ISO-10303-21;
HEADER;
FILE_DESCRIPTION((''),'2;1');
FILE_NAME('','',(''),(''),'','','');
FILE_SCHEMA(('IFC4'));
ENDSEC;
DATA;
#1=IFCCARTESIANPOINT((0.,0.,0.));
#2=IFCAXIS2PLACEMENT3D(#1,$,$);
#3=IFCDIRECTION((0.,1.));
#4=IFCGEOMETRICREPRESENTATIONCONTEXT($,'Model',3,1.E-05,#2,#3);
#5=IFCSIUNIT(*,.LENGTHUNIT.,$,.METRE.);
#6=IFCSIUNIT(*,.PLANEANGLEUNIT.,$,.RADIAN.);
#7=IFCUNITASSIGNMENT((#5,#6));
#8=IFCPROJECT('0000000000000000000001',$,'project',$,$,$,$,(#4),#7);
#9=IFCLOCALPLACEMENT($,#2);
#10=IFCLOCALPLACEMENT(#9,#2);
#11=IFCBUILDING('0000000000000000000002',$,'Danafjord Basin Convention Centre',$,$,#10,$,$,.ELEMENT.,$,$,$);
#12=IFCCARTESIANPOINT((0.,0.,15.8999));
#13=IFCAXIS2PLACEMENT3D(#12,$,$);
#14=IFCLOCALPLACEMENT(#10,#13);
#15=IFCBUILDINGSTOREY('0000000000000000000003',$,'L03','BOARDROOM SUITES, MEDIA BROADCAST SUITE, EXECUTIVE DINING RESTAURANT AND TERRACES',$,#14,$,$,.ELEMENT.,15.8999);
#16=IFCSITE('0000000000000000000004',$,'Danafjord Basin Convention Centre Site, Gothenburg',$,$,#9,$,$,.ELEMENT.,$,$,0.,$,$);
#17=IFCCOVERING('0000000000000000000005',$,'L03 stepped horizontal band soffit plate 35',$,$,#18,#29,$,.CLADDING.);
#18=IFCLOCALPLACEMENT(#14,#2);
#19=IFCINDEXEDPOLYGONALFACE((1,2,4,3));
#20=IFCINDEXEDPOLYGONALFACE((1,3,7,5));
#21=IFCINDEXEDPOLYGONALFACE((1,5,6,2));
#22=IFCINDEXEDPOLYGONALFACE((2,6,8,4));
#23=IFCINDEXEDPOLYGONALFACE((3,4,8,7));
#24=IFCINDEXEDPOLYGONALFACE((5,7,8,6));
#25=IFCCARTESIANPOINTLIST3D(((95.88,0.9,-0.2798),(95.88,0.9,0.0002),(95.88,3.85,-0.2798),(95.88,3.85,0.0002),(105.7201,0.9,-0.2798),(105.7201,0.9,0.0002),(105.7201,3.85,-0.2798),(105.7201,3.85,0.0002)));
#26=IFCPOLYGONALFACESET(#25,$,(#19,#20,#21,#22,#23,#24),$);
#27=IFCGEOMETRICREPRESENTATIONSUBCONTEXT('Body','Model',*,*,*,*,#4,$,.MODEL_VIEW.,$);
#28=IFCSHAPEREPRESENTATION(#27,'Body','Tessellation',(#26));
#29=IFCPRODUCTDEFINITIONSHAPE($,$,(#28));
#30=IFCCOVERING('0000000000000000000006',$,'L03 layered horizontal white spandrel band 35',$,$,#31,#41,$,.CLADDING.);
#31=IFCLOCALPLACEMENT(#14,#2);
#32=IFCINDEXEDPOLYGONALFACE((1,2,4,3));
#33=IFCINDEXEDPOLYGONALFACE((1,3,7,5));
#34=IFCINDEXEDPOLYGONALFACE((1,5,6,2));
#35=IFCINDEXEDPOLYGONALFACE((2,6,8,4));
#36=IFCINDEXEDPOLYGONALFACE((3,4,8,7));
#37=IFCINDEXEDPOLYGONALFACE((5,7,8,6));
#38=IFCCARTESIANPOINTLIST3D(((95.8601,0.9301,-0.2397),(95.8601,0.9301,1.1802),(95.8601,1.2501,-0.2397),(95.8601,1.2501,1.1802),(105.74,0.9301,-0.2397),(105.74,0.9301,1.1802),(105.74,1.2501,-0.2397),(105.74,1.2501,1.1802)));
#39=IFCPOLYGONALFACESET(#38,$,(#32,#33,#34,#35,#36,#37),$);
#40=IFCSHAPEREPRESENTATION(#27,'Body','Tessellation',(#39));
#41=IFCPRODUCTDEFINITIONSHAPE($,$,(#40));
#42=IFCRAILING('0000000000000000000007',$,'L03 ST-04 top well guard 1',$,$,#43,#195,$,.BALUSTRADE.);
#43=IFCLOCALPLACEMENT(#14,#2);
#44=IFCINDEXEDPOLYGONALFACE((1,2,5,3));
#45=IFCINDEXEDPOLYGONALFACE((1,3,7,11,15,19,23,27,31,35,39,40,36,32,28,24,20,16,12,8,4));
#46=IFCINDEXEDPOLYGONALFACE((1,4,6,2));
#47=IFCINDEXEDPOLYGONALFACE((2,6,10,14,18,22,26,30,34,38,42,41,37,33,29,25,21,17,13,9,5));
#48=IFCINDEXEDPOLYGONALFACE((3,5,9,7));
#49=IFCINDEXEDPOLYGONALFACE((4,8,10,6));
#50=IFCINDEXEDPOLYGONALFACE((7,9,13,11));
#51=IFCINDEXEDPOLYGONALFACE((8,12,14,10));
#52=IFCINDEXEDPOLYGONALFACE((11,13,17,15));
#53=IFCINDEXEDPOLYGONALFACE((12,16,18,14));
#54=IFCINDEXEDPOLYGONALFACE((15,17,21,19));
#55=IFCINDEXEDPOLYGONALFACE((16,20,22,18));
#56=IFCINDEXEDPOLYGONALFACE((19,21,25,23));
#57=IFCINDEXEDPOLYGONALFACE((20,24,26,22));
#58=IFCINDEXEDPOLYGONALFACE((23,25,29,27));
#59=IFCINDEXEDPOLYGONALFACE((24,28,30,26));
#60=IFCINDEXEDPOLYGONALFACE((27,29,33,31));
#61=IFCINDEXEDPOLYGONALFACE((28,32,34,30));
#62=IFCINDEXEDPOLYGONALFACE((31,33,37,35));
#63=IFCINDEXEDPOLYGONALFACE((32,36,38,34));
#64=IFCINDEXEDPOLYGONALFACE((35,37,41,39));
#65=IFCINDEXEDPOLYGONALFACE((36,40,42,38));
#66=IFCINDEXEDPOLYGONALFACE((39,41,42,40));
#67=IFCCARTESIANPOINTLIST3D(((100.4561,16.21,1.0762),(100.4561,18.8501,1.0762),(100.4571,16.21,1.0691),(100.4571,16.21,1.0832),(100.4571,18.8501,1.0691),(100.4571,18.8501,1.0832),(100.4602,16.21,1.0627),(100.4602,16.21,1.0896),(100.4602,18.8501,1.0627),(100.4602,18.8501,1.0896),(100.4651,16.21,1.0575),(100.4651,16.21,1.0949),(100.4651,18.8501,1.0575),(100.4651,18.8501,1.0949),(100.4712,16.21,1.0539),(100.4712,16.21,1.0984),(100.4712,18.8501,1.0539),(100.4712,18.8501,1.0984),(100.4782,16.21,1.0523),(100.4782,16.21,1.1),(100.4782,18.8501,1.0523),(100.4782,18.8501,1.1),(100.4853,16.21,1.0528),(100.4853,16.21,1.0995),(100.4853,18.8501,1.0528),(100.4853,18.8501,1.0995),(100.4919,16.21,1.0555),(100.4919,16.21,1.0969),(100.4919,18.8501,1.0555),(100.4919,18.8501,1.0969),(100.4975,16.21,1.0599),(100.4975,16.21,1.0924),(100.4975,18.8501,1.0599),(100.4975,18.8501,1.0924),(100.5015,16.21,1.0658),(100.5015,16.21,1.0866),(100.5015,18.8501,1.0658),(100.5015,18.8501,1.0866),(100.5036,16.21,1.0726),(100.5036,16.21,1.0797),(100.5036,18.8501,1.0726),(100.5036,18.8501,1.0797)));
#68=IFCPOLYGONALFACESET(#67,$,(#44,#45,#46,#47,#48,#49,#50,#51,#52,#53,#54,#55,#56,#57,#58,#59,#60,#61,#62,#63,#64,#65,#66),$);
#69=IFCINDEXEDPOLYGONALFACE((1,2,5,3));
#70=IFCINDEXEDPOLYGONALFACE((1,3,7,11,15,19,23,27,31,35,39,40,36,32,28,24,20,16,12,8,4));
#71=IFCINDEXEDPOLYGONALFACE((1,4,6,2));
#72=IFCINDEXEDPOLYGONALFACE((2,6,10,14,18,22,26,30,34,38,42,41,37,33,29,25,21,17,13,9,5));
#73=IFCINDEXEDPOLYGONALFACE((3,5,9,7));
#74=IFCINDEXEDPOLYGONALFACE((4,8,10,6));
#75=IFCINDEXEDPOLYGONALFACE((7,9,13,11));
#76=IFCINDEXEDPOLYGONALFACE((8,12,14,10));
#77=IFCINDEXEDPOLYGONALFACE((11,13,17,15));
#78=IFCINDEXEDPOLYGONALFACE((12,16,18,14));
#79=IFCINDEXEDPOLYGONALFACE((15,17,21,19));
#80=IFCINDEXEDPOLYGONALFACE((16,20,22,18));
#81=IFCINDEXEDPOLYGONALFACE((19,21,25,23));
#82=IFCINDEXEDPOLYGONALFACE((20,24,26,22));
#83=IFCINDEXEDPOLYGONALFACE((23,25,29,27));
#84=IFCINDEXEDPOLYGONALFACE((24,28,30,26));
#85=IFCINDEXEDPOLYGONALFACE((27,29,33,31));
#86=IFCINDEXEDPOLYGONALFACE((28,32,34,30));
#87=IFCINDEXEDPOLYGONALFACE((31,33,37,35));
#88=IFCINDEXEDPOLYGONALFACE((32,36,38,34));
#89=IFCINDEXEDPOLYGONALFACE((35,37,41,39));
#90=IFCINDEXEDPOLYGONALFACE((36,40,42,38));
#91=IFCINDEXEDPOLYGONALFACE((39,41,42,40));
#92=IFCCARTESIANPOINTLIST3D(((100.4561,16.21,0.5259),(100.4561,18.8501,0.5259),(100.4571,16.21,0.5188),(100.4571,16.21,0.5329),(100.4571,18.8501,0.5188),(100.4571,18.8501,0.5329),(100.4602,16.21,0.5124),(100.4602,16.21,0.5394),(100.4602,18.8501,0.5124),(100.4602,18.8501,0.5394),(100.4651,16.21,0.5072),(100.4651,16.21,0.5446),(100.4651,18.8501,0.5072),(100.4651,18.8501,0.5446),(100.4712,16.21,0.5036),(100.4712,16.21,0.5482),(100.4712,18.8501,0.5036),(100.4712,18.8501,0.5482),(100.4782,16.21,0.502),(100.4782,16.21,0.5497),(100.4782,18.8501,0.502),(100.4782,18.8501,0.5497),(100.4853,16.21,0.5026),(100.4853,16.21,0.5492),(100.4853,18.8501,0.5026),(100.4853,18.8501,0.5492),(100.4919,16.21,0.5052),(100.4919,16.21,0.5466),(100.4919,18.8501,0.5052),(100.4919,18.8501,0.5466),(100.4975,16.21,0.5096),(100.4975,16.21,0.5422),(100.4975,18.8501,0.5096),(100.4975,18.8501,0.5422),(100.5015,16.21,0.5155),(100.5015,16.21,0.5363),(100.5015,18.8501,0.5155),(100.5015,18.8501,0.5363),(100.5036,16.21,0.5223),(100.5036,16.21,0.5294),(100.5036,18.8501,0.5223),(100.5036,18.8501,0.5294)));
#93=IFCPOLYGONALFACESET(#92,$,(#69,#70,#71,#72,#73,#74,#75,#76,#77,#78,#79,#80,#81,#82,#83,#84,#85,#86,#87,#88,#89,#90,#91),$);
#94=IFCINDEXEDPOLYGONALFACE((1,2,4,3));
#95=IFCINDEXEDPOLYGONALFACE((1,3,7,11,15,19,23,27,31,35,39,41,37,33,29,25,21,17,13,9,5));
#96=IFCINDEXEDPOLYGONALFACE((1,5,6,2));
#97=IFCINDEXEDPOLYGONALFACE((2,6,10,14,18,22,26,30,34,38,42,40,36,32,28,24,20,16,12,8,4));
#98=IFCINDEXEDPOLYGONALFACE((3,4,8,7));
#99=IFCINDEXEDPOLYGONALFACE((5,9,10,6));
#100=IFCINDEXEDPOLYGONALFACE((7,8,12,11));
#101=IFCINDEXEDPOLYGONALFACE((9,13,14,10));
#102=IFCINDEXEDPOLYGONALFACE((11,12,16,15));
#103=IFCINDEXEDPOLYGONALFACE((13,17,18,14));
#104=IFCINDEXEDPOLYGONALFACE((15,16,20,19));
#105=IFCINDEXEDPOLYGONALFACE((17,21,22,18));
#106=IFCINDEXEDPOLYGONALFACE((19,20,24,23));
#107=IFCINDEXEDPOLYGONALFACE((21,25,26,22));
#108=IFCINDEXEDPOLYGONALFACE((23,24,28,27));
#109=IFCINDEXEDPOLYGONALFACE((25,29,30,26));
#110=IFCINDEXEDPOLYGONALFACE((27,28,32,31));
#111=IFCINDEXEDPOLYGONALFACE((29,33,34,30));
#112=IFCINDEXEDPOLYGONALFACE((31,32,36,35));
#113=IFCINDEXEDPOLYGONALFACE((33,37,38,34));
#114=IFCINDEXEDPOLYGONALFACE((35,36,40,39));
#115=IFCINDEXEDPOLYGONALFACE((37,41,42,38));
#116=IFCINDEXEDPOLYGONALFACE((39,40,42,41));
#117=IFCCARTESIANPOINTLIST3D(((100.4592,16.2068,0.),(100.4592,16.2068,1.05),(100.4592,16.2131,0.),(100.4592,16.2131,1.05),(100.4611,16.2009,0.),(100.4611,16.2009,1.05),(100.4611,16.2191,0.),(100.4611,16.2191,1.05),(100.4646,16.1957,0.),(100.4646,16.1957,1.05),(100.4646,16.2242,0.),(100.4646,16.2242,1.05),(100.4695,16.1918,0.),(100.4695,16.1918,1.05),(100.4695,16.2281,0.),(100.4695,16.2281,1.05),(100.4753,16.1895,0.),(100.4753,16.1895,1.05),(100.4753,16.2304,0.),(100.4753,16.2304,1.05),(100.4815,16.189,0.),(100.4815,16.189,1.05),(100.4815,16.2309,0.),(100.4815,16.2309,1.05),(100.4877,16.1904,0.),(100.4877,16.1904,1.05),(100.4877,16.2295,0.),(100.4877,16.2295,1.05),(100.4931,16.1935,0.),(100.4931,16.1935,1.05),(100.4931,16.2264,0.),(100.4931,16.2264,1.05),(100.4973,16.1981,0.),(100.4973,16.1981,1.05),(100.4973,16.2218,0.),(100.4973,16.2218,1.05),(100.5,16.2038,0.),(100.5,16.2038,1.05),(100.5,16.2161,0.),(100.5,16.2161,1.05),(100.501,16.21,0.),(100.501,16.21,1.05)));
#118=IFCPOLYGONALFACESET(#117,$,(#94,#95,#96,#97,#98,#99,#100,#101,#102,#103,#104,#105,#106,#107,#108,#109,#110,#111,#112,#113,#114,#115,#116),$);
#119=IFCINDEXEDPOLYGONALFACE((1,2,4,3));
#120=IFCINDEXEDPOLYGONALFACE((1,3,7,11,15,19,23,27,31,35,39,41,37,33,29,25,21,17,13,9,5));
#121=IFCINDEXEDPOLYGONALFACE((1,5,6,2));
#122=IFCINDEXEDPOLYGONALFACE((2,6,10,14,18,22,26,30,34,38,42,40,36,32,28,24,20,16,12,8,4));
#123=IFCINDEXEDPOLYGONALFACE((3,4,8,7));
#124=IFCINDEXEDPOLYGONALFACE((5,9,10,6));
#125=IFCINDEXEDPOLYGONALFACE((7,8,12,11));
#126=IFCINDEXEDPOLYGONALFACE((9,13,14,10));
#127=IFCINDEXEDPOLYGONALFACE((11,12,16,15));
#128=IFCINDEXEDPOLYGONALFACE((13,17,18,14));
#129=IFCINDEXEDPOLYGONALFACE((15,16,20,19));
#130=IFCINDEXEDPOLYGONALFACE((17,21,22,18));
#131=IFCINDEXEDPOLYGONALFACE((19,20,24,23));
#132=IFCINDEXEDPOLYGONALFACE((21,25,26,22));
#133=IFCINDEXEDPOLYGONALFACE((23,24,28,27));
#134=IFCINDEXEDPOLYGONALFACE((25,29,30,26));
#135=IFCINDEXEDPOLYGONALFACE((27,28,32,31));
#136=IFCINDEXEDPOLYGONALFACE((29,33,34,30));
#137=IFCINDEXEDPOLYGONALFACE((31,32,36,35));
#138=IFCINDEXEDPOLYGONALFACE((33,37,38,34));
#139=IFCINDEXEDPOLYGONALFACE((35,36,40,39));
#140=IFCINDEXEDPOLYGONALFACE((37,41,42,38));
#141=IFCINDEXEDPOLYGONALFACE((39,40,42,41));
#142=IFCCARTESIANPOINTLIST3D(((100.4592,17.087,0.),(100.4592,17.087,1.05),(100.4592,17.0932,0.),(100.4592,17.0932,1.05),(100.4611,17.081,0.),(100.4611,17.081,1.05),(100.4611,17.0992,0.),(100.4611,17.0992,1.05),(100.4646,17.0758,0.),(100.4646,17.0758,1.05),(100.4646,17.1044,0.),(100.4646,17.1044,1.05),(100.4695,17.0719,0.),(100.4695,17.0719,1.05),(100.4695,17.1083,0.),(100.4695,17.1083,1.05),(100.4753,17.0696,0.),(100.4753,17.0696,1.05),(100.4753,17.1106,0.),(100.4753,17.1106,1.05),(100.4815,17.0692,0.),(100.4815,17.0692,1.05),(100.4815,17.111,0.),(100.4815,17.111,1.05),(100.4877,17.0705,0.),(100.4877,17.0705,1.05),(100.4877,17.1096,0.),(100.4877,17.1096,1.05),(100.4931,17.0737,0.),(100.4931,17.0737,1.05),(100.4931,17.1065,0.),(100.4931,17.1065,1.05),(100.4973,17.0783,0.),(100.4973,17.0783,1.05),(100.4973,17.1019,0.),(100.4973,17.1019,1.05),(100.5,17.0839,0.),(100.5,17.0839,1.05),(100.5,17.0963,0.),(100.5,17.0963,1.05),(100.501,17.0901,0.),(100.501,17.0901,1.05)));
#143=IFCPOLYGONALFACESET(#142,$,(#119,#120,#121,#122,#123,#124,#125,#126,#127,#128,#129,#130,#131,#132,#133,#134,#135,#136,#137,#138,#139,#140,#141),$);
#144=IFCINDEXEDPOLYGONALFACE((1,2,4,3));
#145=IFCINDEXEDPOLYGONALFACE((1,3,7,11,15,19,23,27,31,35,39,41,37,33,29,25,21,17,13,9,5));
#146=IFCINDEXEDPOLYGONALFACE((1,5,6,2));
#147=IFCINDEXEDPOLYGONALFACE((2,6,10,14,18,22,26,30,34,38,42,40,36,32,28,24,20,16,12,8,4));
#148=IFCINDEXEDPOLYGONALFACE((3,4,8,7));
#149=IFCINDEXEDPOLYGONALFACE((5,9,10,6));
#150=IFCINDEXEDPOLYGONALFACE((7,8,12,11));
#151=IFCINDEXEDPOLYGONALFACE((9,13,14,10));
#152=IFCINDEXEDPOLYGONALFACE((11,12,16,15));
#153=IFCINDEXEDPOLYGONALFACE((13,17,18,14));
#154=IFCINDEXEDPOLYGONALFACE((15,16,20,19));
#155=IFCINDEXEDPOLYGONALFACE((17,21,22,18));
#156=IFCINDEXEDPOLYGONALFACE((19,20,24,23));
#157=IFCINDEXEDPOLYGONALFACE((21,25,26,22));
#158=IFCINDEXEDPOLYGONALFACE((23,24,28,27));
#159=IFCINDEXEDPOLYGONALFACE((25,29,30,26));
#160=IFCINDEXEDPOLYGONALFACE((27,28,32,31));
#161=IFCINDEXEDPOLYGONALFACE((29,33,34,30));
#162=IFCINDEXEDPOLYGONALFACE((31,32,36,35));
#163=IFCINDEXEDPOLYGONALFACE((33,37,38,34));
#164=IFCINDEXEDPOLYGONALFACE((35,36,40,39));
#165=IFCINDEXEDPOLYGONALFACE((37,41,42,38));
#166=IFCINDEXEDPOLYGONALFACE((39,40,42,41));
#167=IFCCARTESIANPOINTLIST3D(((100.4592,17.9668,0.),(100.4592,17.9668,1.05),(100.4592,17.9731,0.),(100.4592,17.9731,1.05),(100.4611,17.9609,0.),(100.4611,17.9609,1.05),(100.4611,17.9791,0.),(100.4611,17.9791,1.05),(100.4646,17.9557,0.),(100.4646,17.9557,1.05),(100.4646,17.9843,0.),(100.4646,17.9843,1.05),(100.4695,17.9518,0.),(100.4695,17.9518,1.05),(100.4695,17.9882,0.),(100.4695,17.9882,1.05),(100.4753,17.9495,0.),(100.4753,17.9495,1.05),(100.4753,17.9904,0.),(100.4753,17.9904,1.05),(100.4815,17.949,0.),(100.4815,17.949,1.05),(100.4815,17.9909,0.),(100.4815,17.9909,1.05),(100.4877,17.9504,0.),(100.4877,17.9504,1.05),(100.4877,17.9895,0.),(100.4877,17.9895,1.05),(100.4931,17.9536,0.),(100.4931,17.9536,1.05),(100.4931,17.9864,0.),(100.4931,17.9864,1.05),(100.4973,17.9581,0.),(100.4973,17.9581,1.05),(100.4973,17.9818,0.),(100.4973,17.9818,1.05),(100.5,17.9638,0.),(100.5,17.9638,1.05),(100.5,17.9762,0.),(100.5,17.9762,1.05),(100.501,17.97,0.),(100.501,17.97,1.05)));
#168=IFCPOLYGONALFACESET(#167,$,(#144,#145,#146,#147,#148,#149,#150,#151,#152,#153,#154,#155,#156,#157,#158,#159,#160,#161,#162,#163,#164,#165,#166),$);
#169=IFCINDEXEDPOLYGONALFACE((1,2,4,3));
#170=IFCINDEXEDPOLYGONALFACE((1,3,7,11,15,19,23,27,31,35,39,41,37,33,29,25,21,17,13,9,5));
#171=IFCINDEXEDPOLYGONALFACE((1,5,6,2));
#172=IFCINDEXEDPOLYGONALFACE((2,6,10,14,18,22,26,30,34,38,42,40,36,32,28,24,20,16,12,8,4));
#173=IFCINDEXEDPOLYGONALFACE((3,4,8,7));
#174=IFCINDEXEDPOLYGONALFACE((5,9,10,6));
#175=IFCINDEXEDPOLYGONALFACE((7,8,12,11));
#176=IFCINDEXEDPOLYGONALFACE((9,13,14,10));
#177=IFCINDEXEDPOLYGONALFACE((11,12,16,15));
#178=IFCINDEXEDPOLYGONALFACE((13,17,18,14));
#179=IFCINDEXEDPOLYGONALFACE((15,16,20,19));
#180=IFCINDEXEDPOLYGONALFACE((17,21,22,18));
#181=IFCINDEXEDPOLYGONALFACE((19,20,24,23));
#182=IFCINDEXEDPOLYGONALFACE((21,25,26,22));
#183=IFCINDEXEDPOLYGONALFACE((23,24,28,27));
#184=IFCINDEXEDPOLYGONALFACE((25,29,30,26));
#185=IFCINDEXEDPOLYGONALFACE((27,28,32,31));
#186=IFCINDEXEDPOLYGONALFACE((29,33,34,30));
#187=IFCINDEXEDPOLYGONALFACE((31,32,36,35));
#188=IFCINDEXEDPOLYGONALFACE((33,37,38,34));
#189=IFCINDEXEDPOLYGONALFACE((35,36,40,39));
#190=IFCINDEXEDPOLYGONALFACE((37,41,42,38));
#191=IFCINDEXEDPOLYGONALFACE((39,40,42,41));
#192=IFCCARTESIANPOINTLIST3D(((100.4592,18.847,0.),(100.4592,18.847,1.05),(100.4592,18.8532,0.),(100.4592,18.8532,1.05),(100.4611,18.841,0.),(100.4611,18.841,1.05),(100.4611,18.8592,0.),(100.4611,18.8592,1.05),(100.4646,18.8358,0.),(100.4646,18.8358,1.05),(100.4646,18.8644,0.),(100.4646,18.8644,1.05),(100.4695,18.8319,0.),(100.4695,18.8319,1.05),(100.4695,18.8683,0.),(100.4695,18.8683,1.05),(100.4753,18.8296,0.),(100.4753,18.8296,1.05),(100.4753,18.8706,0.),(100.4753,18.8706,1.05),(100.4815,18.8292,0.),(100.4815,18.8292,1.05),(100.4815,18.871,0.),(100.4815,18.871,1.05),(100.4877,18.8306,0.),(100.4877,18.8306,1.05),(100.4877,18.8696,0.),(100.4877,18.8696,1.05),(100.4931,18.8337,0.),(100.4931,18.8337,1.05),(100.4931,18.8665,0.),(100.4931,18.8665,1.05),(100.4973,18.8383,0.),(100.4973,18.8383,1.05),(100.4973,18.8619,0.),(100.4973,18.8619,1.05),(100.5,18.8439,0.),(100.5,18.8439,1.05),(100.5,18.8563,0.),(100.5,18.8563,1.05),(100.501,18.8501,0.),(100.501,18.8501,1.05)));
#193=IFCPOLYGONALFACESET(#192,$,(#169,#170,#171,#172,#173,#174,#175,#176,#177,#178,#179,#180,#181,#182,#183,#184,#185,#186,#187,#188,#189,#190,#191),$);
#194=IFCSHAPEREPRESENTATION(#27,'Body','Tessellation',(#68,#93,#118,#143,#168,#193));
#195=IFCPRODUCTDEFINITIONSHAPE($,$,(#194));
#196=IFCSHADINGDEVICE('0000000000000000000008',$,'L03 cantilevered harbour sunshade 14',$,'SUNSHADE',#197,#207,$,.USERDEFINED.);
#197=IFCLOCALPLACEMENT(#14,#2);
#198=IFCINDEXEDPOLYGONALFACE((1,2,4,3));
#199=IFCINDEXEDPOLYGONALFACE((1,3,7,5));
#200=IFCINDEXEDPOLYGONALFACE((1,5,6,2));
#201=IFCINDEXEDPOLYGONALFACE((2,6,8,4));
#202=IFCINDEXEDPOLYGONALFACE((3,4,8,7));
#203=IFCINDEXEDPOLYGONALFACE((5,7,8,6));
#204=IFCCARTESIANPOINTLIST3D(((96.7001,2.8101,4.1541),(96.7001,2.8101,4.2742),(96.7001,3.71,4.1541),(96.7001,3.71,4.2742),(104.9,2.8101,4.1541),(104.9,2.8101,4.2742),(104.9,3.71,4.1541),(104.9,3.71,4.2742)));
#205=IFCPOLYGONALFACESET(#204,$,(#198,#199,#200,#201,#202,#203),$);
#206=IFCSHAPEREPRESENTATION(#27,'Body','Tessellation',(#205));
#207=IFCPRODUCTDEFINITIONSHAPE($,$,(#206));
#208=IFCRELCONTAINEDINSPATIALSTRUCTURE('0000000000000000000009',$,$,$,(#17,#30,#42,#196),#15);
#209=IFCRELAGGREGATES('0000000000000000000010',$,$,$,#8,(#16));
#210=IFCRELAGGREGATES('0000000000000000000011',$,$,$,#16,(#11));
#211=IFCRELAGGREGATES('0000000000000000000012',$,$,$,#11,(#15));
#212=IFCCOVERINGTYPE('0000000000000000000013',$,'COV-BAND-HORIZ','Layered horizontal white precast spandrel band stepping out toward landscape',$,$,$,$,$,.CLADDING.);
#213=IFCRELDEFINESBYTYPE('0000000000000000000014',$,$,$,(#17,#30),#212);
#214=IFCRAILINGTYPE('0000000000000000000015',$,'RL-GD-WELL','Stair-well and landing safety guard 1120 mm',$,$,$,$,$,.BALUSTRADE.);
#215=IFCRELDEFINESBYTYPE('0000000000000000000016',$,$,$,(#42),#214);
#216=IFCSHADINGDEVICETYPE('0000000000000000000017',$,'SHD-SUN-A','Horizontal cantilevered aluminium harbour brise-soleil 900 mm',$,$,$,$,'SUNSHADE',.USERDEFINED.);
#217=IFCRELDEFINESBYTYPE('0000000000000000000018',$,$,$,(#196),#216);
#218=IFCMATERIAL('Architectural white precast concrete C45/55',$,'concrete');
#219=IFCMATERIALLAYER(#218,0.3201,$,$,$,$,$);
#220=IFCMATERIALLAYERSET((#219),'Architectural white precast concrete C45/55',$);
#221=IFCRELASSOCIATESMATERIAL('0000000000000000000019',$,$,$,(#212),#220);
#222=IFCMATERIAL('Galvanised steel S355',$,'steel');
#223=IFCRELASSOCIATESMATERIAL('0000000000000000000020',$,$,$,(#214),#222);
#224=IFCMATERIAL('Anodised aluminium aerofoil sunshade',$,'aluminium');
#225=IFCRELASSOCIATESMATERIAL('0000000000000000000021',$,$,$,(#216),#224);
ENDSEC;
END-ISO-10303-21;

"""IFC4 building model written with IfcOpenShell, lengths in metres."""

from ifc_helpers import new_model, si_unit, direction, frame, origin, origin_2d, place, context, subcontext, project, spatial, rectangle, circle, extrude, material, layer, layer_set, type_object, element, save


model = new_model("IFC4")

# Units and contexts
model_context = context("Model", 3, precision=1e-05, world=origin(), true_north=direction((0.0, 1.0)))
body_context = subcontext(model_context, "Body", "Model", "MODEL_VIEW")
ifc_project = project(units=[si_unit("LENGTHUNIT", "METRE"), si_unit("PLANEANGLEUNIT", "RADIAN")], contexts=[model_context])

# Site, building, storey
site_placement = place(None, origin())
site = spatial("IfcSite", under=ifc_project, at=site_placement, Name="Danafjord Basin Convention Centre Site, Gothenburg", CompositionType="ELEMENT", RefElevation=0.0)
building_placement = place(site_placement, origin())
building = spatial("IfcBuilding", under=site, at=building_placement, Name="Danafjord Basin Convention Centre", CompositionType="ELEMENT")
storey_placement = place(building_placement, frame((0.0, 0.0, 15.8999)))
storey = spatial("IfcBuildingStorey", under=building, at=storey_placement, Name="L03", Description="BOARDROOM SUITES, MEDIA BROADCAST SUITE, EXECUTIVE DINING RESTAURANT AND TERRACES", CompositionType="ELEMENT", Elevation=15.8999)

# Coverings
ifc_material_1 = material(Name="Architectural white precast concrete C45/55", Category="concrete")
ifc_layer_1 = layer(ifc_material_1, 0.3201)
ifc_layer_set_1 = layer_set([ifc_layer_1], Name="Architectural white precast concrete C45/55")
covering_type = type_object("IfcCoveringType", Name="COV-BAND-HORIZ", Description="Layered horizontal white precast spandrel band stepping out toward landscape", PredefinedType="CLADDING", material=ifc_layer_set_1)
covering_1_placement = place(storey_placement, frame((100.8, 2.375, -0.2798), z_axis=(0.0, 0.0, 1.0), x_axis=(1.0, 0.0, 0.0)))
element("IfcCovering", 1, at=covering_1_placement, inside=storey, type_object=covering_type, Name="L03 stepped horizontal band soffit plate 35", PredefinedType="CLADDING", context=body_context, shape_type="SweptSolid", body=[
    extrude(rectangle(XDim=9.8401, YDim=2.95, at=origin_2d()), origin(), (0.0, 0.0, 1.0), 0.28),
])
covering_2_placement = place(storey_placement, frame((100.8, 1.0901, -0.2397), z_axis=(0.0, 0.0, 1.0), x_axis=(1.0, 0.0, 0.0)))
element("IfcCovering", 2, at=covering_2_placement, inside=storey, type_object=covering_type, Name="L03 layered horizontal white spandrel band 35", PredefinedType="CLADDING", context=body_context, shape_type="SweptSolid", body=[
    extrude(rectangle(XDim=9.8799, YDim=0.3201, at=origin_2d()), origin(), (0.0, 0.0, 1.0), 1.4199),
])

# Railing
ifc_material_2 = material(Name="Galvanised steel S355", Category="steel")
railing_type = type_object("IfcRailingType", Name="RL-GD-WELL", Description="Stair-well and landing safety guard 1120 mm", PredefinedType="BALUSTRADE", material=ifc_material_2)
railing_placement = place(storey_placement, frame((100.48, 16.21, 0.0)))
element("IfcRailing", 3, at=railing_placement, inside=storey, type_object=railing_type, Name="L03 ST-04 top well guard 1", PredefinedType="BALUSTRADE", context=body_context, shape_type="SweptSolid", body=[
    extrude(circle(Radius=0.0239, at=origin_2d()), frame((0.0, 0.0, 1.0762), z_axis=(0.0, 1.0, 0.0), x_axis=(-1.0, 0.0, 0.0)), (0.0, 0.0, 1.0), 2.6401),
    extrude(circle(Radius=0.0239, at=origin_2d()), frame((0.0, 0.0, 0.5259), z_axis=(0.0, 1.0, 0.0), x_axis=(-1.0, 0.0, 0.0)), (0.0, 0.0, 1.0), 2.6401),
    extrude(circle(Radius=0.021, at=origin_2d()), origin(), (0.0, 0.0, 1.0), 1.05),
    extrude(circle(Radius=0.021, at=origin_2d()), frame((0.0, 0.8801, 0.0)), (0.0, 0.0, 1.0), 1.05),
    extrude(circle(Radius=0.021, at=origin_2d()), frame((0.0, 1.76, 0.0)), (0.0, 0.0, 1.0), 1.05),
    extrude(circle(Radius=0.021, at=origin_2d()), frame((0.0, 2.6401, 0.0)), (0.0, 0.0, 1.0), 1.05),
])

# Shading device
ifc_material_3 = material(Name="Anodised aluminium aerofoil sunshade", Category="aluminium")
shading_device_type = type_object("IfcShadingDeviceType", Name="SHD-SUN-A", Description="Horizontal cantilevered aluminium harbour brise-soleil 900 mm", ElementType="SUNSHADE", PredefinedType="USERDEFINED", material=ifc_material_3)
shading_device_placement = place(storey_placement, frame((100.8, 3.26, 4.1541), z_axis=(0.0, 0.0, 1.0), x_axis=(1.0, 0.0, 0.0)))
element("IfcShadingDevice", 4, at=shading_device_placement, inside=storey, type_object=shading_device_type, Name="L03 cantilevered harbour sunshade 14", ObjectType="SUNSHADE", PredefinedType="USERDEFINED", context=body_context, shape_type="SweptSolid", body=[
    extrude(rectangle(XDim=8.2, YDim=0.8999, at=origin_2d()), origin(), (0.0, 0.0, 1.0), 0.1201),
])

save(model, "model.ifc")
